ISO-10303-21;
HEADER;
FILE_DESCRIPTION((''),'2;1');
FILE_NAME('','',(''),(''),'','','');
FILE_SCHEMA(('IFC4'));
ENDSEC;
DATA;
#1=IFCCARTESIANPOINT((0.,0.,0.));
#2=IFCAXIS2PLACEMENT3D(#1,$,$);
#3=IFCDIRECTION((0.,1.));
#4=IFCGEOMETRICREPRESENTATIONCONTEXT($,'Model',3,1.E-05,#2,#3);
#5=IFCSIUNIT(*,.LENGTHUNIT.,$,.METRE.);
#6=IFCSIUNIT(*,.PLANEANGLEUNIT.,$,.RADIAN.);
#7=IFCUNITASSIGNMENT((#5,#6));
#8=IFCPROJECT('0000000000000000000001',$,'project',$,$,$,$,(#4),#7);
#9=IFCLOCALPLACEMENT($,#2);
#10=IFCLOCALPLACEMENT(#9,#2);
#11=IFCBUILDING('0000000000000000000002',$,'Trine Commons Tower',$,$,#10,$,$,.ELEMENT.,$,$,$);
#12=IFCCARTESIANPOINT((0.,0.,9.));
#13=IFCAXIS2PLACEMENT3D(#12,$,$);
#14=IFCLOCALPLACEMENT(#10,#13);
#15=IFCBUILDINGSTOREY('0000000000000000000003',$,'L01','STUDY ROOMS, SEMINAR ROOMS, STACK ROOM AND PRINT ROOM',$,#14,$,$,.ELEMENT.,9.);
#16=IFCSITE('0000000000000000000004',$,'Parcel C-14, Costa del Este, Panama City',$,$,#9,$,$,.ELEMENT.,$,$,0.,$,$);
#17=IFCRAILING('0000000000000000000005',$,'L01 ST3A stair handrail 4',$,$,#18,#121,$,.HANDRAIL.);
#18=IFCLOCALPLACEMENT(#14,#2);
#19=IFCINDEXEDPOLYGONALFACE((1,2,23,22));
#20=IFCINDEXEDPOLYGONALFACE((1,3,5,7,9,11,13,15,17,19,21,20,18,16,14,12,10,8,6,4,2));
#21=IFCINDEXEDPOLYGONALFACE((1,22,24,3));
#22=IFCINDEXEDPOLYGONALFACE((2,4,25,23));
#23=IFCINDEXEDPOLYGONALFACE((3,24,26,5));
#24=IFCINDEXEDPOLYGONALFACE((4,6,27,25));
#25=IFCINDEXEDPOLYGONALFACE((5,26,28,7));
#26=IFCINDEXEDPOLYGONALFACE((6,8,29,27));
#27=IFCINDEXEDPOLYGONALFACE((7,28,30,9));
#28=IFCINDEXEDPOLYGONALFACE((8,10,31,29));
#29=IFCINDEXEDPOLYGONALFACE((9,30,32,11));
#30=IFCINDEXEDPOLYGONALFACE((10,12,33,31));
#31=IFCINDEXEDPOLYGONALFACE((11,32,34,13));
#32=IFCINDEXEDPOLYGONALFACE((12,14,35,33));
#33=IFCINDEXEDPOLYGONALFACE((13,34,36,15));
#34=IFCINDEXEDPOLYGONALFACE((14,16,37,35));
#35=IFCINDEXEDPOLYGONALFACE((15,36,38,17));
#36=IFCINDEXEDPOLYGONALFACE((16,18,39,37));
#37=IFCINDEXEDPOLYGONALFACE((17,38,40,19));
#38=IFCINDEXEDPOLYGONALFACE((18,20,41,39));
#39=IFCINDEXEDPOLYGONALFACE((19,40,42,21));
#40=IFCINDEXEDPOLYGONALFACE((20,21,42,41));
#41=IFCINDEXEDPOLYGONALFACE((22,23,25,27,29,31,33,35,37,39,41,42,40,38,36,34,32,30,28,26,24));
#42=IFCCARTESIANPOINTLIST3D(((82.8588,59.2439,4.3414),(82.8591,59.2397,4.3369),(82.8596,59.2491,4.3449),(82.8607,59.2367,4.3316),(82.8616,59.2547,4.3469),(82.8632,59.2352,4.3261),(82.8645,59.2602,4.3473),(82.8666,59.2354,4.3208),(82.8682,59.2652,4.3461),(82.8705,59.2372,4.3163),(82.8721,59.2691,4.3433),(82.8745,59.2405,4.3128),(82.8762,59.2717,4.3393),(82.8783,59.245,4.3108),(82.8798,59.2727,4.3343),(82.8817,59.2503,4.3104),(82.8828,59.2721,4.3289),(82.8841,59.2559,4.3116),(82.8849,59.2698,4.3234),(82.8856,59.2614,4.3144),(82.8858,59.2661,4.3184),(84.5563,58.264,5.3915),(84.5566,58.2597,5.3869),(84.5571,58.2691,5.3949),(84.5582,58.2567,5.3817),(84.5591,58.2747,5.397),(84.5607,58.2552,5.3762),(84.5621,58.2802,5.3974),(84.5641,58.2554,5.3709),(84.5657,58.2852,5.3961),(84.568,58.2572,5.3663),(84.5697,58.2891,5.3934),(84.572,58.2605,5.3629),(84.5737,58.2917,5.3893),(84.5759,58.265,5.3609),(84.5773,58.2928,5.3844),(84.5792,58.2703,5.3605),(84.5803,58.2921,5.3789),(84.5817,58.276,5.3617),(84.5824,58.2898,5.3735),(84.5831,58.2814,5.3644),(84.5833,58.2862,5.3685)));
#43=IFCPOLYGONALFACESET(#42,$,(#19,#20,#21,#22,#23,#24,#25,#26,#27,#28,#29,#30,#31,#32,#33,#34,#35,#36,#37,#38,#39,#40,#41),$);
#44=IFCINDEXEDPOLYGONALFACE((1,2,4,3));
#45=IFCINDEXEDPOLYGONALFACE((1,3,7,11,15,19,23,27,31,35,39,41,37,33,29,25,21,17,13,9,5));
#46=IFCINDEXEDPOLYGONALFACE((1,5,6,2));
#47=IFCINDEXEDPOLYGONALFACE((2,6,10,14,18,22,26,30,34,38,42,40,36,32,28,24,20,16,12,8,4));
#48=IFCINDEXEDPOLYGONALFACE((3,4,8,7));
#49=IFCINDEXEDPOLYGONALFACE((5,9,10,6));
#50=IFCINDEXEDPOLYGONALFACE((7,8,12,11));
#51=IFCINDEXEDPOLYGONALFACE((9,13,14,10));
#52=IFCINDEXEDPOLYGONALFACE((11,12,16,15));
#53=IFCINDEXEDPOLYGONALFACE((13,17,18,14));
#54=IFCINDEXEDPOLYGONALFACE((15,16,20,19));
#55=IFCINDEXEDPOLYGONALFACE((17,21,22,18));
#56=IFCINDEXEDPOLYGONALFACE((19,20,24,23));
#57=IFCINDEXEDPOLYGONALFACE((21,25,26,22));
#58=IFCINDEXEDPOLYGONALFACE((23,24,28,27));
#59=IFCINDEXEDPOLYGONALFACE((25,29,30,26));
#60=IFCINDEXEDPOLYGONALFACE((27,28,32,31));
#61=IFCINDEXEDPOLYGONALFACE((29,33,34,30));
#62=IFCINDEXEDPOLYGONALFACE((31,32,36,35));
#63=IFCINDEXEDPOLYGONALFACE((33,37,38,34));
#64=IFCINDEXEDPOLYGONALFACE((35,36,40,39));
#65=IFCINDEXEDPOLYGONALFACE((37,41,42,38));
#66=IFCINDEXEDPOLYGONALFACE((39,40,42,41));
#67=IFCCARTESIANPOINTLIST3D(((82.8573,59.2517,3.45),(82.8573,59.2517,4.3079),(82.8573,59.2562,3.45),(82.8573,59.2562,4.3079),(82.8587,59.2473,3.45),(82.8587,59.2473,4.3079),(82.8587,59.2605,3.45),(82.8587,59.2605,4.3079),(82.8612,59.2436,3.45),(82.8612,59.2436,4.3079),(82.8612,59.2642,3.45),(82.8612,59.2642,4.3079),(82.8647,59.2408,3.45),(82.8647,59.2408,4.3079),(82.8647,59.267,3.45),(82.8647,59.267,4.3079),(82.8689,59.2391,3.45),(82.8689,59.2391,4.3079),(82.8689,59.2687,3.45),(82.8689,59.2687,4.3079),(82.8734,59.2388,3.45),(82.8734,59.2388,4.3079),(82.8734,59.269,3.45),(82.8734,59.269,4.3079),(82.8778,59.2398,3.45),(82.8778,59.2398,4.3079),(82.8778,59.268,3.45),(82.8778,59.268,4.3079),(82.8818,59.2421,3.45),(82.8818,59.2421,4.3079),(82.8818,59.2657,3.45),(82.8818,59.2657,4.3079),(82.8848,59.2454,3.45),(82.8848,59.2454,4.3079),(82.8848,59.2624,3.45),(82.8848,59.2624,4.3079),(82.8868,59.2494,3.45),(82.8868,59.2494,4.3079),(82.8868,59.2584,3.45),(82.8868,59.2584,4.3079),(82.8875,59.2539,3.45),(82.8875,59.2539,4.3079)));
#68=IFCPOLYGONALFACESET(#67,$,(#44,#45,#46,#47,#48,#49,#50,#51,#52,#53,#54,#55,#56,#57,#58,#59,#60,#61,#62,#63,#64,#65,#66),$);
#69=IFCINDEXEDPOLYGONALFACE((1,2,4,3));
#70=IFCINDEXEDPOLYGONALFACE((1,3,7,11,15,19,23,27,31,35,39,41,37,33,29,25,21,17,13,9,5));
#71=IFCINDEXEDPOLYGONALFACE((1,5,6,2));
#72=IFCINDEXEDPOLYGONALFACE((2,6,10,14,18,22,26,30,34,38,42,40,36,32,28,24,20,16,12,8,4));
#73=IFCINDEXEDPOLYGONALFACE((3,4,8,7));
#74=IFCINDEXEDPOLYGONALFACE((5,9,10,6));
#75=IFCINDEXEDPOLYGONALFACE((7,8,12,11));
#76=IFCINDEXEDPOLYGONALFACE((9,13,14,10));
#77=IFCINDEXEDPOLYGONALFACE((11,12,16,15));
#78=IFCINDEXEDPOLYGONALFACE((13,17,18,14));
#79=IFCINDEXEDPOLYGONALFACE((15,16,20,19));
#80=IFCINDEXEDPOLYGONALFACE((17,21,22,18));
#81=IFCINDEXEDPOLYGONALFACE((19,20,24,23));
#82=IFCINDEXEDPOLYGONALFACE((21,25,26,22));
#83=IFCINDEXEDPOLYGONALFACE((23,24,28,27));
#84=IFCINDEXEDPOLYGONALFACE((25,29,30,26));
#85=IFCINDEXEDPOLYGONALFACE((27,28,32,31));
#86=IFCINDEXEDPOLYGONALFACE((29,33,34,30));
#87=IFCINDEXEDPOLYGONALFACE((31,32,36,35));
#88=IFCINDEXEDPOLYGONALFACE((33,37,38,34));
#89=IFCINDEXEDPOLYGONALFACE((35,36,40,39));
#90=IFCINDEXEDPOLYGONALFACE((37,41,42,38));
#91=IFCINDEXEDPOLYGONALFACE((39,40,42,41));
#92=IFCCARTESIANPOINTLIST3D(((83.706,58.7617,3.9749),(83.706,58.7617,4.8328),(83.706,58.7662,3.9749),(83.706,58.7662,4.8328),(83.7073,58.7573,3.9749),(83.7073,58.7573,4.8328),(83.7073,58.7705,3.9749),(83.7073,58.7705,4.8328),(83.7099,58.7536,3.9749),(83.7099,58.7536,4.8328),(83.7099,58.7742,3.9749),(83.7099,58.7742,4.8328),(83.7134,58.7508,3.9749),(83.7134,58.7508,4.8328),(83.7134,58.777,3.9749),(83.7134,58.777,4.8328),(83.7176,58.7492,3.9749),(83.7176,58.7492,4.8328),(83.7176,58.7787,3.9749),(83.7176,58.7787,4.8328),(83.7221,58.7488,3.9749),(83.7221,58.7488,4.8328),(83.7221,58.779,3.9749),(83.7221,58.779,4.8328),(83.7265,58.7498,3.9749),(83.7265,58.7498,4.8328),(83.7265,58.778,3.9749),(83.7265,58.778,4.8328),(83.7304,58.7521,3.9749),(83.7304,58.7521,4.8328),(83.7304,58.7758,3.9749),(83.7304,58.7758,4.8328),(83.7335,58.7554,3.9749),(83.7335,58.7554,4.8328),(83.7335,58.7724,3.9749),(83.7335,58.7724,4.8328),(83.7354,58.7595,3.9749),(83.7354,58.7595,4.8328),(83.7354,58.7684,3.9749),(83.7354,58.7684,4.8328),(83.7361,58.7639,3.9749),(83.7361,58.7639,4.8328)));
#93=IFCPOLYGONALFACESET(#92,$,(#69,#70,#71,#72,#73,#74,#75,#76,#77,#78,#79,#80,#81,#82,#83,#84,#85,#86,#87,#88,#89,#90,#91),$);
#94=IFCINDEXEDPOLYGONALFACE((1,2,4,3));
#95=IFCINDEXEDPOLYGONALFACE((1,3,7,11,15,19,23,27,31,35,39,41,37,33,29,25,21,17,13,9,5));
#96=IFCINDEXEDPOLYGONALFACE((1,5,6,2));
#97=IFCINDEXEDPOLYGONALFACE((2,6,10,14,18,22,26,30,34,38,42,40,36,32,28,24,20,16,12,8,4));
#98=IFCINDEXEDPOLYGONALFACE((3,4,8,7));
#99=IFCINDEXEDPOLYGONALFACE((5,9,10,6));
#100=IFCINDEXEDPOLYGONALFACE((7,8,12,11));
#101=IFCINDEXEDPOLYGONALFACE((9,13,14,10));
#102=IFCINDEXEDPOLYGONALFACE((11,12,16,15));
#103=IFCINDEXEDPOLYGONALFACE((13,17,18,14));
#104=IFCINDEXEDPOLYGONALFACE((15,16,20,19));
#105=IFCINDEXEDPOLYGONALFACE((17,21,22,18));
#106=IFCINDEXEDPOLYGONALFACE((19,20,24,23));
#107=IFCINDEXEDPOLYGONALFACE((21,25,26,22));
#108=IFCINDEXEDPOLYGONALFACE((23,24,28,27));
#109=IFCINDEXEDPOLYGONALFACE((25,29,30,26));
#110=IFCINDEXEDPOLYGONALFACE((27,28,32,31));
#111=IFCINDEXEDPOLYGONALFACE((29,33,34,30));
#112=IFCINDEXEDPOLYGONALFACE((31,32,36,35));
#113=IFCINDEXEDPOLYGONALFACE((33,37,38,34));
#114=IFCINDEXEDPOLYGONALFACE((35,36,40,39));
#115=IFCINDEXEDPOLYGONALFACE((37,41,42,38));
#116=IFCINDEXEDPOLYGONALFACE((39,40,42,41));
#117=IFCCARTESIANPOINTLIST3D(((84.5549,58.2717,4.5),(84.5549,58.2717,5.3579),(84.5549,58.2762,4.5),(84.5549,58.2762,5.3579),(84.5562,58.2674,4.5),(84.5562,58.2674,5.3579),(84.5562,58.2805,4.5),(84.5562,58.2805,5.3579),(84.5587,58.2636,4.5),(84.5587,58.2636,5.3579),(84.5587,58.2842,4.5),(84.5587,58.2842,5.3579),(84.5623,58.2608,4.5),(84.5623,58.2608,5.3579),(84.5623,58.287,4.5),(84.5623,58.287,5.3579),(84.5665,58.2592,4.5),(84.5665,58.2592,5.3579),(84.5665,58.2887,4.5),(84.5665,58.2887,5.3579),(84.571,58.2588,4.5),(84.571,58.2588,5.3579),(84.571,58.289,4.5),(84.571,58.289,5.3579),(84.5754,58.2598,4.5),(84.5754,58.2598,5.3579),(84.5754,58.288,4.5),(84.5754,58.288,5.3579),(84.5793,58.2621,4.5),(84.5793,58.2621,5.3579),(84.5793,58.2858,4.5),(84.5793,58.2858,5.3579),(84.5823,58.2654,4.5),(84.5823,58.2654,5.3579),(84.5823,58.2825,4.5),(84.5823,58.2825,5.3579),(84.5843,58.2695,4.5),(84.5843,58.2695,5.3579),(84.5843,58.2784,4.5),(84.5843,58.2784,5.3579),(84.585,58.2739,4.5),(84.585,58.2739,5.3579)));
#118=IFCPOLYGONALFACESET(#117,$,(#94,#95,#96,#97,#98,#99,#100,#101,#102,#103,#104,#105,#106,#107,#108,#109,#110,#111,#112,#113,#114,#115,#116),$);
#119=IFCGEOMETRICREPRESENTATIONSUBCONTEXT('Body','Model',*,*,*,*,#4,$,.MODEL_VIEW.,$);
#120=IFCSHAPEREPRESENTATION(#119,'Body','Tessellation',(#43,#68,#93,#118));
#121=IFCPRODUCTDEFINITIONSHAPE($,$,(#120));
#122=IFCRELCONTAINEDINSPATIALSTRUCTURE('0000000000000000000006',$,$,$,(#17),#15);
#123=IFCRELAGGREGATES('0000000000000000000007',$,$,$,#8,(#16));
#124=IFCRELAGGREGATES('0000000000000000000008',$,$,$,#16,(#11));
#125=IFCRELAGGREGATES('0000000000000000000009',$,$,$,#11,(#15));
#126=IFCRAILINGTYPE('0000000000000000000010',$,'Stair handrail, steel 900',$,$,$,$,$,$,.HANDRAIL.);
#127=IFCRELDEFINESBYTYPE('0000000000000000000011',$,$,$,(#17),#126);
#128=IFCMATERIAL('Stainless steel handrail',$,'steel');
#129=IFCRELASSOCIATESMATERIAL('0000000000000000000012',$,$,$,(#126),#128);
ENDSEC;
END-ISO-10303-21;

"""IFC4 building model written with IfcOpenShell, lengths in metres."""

from ifc_helpers import new_model, si_unit, direction, frame, origin, origin_2d, place, context, subcontext, project, spatial, circle, extrude, material, type_object, element, save


model = new_model("IFC4")

# Units and contexts
model_context = context("Model", 3, precision=1e-05, world=origin(), true_north=direction((0.0, 1.0)))
body_context = subcontext(model_context, "Body", "Model", "MODEL_VIEW")
ifc_project = project(units=[si_unit("LENGTHUNIT", "METRE"), si_unit("PLANEANGLEUNIT", "RADIAN")], contexts=[model_context])

# Site, building, storey
site_placement = place(None, origin())
site = spatial("IfcSite", under=ifc_project, at=site_placement, Name="Parcel C-14, Costa del Este, Panama City", CompositionType="ELEMENT", RefElevation=0.0)
building_placement = place(site_placement, origin())
building = spatial("IfcBuilding", under=site, at=building_placement, Name="Trine Commons Tower", CompositionType="ELEMENT")
storey_placement = place(building_placement, frame((0.0, 0.0, 9.0)))
storey = spatial("IfcBuildingStorey", under=building, at=storey_placement, Name="L01", Description="STUDY ROOMS, SEMINAR ROOMS, STACK ROOM AND PRINT ROOM", CompositionType="ELEMENT", Elevation=9.0)

# Railing
ifc_material_1 = material(Name="Stainless steel handrail", Category="steel")
railing_type_1 = type_object("IfcRailingType", Name="Stair handrail, steel 900", PredefinedType="HANDRAIL", material=ifc_material_1)
railing_1_placement = place(storey_placement, frame((82.8723, 59.2539, 3.45)))
element("IfcRailing", 1, at=railing_1_placement, inside=storey, type_object=railing_type_1, Name="L01 ST3A stair handrail 4", PredefinedType="HANDRAIL", context=body_context, shape_type="SweptSolid", body=[
    extrude(circle(Radius=0.021, at=origin_2d()), frame((0.0, 0.0, 0.8789), z_axis=(0.763398, -0.440713, 0.472224), x_axis=(0.49997, 0.866042, 0.0)), (0.0, 0.0, 1.0), 2.2236),
    extrude(circle(Radius=0.0151, at=origin_2d()), origin(), (0.0, 0.0, 1.0), 0.8579),
    extrude(circle(Radius=0.0151, at=origin_2d()), frame((0.8486, -0.49, 0.5249)), (0.0, 0.0, 1.0), 0.8579),
    extrude(circle(Radius=0.0151, at=origin_2d()), frame((1.6975, -0.98, 1.05)), (0.0, 0.0, 1.0), 0.8579),
])

save(model, "model.ifc")
